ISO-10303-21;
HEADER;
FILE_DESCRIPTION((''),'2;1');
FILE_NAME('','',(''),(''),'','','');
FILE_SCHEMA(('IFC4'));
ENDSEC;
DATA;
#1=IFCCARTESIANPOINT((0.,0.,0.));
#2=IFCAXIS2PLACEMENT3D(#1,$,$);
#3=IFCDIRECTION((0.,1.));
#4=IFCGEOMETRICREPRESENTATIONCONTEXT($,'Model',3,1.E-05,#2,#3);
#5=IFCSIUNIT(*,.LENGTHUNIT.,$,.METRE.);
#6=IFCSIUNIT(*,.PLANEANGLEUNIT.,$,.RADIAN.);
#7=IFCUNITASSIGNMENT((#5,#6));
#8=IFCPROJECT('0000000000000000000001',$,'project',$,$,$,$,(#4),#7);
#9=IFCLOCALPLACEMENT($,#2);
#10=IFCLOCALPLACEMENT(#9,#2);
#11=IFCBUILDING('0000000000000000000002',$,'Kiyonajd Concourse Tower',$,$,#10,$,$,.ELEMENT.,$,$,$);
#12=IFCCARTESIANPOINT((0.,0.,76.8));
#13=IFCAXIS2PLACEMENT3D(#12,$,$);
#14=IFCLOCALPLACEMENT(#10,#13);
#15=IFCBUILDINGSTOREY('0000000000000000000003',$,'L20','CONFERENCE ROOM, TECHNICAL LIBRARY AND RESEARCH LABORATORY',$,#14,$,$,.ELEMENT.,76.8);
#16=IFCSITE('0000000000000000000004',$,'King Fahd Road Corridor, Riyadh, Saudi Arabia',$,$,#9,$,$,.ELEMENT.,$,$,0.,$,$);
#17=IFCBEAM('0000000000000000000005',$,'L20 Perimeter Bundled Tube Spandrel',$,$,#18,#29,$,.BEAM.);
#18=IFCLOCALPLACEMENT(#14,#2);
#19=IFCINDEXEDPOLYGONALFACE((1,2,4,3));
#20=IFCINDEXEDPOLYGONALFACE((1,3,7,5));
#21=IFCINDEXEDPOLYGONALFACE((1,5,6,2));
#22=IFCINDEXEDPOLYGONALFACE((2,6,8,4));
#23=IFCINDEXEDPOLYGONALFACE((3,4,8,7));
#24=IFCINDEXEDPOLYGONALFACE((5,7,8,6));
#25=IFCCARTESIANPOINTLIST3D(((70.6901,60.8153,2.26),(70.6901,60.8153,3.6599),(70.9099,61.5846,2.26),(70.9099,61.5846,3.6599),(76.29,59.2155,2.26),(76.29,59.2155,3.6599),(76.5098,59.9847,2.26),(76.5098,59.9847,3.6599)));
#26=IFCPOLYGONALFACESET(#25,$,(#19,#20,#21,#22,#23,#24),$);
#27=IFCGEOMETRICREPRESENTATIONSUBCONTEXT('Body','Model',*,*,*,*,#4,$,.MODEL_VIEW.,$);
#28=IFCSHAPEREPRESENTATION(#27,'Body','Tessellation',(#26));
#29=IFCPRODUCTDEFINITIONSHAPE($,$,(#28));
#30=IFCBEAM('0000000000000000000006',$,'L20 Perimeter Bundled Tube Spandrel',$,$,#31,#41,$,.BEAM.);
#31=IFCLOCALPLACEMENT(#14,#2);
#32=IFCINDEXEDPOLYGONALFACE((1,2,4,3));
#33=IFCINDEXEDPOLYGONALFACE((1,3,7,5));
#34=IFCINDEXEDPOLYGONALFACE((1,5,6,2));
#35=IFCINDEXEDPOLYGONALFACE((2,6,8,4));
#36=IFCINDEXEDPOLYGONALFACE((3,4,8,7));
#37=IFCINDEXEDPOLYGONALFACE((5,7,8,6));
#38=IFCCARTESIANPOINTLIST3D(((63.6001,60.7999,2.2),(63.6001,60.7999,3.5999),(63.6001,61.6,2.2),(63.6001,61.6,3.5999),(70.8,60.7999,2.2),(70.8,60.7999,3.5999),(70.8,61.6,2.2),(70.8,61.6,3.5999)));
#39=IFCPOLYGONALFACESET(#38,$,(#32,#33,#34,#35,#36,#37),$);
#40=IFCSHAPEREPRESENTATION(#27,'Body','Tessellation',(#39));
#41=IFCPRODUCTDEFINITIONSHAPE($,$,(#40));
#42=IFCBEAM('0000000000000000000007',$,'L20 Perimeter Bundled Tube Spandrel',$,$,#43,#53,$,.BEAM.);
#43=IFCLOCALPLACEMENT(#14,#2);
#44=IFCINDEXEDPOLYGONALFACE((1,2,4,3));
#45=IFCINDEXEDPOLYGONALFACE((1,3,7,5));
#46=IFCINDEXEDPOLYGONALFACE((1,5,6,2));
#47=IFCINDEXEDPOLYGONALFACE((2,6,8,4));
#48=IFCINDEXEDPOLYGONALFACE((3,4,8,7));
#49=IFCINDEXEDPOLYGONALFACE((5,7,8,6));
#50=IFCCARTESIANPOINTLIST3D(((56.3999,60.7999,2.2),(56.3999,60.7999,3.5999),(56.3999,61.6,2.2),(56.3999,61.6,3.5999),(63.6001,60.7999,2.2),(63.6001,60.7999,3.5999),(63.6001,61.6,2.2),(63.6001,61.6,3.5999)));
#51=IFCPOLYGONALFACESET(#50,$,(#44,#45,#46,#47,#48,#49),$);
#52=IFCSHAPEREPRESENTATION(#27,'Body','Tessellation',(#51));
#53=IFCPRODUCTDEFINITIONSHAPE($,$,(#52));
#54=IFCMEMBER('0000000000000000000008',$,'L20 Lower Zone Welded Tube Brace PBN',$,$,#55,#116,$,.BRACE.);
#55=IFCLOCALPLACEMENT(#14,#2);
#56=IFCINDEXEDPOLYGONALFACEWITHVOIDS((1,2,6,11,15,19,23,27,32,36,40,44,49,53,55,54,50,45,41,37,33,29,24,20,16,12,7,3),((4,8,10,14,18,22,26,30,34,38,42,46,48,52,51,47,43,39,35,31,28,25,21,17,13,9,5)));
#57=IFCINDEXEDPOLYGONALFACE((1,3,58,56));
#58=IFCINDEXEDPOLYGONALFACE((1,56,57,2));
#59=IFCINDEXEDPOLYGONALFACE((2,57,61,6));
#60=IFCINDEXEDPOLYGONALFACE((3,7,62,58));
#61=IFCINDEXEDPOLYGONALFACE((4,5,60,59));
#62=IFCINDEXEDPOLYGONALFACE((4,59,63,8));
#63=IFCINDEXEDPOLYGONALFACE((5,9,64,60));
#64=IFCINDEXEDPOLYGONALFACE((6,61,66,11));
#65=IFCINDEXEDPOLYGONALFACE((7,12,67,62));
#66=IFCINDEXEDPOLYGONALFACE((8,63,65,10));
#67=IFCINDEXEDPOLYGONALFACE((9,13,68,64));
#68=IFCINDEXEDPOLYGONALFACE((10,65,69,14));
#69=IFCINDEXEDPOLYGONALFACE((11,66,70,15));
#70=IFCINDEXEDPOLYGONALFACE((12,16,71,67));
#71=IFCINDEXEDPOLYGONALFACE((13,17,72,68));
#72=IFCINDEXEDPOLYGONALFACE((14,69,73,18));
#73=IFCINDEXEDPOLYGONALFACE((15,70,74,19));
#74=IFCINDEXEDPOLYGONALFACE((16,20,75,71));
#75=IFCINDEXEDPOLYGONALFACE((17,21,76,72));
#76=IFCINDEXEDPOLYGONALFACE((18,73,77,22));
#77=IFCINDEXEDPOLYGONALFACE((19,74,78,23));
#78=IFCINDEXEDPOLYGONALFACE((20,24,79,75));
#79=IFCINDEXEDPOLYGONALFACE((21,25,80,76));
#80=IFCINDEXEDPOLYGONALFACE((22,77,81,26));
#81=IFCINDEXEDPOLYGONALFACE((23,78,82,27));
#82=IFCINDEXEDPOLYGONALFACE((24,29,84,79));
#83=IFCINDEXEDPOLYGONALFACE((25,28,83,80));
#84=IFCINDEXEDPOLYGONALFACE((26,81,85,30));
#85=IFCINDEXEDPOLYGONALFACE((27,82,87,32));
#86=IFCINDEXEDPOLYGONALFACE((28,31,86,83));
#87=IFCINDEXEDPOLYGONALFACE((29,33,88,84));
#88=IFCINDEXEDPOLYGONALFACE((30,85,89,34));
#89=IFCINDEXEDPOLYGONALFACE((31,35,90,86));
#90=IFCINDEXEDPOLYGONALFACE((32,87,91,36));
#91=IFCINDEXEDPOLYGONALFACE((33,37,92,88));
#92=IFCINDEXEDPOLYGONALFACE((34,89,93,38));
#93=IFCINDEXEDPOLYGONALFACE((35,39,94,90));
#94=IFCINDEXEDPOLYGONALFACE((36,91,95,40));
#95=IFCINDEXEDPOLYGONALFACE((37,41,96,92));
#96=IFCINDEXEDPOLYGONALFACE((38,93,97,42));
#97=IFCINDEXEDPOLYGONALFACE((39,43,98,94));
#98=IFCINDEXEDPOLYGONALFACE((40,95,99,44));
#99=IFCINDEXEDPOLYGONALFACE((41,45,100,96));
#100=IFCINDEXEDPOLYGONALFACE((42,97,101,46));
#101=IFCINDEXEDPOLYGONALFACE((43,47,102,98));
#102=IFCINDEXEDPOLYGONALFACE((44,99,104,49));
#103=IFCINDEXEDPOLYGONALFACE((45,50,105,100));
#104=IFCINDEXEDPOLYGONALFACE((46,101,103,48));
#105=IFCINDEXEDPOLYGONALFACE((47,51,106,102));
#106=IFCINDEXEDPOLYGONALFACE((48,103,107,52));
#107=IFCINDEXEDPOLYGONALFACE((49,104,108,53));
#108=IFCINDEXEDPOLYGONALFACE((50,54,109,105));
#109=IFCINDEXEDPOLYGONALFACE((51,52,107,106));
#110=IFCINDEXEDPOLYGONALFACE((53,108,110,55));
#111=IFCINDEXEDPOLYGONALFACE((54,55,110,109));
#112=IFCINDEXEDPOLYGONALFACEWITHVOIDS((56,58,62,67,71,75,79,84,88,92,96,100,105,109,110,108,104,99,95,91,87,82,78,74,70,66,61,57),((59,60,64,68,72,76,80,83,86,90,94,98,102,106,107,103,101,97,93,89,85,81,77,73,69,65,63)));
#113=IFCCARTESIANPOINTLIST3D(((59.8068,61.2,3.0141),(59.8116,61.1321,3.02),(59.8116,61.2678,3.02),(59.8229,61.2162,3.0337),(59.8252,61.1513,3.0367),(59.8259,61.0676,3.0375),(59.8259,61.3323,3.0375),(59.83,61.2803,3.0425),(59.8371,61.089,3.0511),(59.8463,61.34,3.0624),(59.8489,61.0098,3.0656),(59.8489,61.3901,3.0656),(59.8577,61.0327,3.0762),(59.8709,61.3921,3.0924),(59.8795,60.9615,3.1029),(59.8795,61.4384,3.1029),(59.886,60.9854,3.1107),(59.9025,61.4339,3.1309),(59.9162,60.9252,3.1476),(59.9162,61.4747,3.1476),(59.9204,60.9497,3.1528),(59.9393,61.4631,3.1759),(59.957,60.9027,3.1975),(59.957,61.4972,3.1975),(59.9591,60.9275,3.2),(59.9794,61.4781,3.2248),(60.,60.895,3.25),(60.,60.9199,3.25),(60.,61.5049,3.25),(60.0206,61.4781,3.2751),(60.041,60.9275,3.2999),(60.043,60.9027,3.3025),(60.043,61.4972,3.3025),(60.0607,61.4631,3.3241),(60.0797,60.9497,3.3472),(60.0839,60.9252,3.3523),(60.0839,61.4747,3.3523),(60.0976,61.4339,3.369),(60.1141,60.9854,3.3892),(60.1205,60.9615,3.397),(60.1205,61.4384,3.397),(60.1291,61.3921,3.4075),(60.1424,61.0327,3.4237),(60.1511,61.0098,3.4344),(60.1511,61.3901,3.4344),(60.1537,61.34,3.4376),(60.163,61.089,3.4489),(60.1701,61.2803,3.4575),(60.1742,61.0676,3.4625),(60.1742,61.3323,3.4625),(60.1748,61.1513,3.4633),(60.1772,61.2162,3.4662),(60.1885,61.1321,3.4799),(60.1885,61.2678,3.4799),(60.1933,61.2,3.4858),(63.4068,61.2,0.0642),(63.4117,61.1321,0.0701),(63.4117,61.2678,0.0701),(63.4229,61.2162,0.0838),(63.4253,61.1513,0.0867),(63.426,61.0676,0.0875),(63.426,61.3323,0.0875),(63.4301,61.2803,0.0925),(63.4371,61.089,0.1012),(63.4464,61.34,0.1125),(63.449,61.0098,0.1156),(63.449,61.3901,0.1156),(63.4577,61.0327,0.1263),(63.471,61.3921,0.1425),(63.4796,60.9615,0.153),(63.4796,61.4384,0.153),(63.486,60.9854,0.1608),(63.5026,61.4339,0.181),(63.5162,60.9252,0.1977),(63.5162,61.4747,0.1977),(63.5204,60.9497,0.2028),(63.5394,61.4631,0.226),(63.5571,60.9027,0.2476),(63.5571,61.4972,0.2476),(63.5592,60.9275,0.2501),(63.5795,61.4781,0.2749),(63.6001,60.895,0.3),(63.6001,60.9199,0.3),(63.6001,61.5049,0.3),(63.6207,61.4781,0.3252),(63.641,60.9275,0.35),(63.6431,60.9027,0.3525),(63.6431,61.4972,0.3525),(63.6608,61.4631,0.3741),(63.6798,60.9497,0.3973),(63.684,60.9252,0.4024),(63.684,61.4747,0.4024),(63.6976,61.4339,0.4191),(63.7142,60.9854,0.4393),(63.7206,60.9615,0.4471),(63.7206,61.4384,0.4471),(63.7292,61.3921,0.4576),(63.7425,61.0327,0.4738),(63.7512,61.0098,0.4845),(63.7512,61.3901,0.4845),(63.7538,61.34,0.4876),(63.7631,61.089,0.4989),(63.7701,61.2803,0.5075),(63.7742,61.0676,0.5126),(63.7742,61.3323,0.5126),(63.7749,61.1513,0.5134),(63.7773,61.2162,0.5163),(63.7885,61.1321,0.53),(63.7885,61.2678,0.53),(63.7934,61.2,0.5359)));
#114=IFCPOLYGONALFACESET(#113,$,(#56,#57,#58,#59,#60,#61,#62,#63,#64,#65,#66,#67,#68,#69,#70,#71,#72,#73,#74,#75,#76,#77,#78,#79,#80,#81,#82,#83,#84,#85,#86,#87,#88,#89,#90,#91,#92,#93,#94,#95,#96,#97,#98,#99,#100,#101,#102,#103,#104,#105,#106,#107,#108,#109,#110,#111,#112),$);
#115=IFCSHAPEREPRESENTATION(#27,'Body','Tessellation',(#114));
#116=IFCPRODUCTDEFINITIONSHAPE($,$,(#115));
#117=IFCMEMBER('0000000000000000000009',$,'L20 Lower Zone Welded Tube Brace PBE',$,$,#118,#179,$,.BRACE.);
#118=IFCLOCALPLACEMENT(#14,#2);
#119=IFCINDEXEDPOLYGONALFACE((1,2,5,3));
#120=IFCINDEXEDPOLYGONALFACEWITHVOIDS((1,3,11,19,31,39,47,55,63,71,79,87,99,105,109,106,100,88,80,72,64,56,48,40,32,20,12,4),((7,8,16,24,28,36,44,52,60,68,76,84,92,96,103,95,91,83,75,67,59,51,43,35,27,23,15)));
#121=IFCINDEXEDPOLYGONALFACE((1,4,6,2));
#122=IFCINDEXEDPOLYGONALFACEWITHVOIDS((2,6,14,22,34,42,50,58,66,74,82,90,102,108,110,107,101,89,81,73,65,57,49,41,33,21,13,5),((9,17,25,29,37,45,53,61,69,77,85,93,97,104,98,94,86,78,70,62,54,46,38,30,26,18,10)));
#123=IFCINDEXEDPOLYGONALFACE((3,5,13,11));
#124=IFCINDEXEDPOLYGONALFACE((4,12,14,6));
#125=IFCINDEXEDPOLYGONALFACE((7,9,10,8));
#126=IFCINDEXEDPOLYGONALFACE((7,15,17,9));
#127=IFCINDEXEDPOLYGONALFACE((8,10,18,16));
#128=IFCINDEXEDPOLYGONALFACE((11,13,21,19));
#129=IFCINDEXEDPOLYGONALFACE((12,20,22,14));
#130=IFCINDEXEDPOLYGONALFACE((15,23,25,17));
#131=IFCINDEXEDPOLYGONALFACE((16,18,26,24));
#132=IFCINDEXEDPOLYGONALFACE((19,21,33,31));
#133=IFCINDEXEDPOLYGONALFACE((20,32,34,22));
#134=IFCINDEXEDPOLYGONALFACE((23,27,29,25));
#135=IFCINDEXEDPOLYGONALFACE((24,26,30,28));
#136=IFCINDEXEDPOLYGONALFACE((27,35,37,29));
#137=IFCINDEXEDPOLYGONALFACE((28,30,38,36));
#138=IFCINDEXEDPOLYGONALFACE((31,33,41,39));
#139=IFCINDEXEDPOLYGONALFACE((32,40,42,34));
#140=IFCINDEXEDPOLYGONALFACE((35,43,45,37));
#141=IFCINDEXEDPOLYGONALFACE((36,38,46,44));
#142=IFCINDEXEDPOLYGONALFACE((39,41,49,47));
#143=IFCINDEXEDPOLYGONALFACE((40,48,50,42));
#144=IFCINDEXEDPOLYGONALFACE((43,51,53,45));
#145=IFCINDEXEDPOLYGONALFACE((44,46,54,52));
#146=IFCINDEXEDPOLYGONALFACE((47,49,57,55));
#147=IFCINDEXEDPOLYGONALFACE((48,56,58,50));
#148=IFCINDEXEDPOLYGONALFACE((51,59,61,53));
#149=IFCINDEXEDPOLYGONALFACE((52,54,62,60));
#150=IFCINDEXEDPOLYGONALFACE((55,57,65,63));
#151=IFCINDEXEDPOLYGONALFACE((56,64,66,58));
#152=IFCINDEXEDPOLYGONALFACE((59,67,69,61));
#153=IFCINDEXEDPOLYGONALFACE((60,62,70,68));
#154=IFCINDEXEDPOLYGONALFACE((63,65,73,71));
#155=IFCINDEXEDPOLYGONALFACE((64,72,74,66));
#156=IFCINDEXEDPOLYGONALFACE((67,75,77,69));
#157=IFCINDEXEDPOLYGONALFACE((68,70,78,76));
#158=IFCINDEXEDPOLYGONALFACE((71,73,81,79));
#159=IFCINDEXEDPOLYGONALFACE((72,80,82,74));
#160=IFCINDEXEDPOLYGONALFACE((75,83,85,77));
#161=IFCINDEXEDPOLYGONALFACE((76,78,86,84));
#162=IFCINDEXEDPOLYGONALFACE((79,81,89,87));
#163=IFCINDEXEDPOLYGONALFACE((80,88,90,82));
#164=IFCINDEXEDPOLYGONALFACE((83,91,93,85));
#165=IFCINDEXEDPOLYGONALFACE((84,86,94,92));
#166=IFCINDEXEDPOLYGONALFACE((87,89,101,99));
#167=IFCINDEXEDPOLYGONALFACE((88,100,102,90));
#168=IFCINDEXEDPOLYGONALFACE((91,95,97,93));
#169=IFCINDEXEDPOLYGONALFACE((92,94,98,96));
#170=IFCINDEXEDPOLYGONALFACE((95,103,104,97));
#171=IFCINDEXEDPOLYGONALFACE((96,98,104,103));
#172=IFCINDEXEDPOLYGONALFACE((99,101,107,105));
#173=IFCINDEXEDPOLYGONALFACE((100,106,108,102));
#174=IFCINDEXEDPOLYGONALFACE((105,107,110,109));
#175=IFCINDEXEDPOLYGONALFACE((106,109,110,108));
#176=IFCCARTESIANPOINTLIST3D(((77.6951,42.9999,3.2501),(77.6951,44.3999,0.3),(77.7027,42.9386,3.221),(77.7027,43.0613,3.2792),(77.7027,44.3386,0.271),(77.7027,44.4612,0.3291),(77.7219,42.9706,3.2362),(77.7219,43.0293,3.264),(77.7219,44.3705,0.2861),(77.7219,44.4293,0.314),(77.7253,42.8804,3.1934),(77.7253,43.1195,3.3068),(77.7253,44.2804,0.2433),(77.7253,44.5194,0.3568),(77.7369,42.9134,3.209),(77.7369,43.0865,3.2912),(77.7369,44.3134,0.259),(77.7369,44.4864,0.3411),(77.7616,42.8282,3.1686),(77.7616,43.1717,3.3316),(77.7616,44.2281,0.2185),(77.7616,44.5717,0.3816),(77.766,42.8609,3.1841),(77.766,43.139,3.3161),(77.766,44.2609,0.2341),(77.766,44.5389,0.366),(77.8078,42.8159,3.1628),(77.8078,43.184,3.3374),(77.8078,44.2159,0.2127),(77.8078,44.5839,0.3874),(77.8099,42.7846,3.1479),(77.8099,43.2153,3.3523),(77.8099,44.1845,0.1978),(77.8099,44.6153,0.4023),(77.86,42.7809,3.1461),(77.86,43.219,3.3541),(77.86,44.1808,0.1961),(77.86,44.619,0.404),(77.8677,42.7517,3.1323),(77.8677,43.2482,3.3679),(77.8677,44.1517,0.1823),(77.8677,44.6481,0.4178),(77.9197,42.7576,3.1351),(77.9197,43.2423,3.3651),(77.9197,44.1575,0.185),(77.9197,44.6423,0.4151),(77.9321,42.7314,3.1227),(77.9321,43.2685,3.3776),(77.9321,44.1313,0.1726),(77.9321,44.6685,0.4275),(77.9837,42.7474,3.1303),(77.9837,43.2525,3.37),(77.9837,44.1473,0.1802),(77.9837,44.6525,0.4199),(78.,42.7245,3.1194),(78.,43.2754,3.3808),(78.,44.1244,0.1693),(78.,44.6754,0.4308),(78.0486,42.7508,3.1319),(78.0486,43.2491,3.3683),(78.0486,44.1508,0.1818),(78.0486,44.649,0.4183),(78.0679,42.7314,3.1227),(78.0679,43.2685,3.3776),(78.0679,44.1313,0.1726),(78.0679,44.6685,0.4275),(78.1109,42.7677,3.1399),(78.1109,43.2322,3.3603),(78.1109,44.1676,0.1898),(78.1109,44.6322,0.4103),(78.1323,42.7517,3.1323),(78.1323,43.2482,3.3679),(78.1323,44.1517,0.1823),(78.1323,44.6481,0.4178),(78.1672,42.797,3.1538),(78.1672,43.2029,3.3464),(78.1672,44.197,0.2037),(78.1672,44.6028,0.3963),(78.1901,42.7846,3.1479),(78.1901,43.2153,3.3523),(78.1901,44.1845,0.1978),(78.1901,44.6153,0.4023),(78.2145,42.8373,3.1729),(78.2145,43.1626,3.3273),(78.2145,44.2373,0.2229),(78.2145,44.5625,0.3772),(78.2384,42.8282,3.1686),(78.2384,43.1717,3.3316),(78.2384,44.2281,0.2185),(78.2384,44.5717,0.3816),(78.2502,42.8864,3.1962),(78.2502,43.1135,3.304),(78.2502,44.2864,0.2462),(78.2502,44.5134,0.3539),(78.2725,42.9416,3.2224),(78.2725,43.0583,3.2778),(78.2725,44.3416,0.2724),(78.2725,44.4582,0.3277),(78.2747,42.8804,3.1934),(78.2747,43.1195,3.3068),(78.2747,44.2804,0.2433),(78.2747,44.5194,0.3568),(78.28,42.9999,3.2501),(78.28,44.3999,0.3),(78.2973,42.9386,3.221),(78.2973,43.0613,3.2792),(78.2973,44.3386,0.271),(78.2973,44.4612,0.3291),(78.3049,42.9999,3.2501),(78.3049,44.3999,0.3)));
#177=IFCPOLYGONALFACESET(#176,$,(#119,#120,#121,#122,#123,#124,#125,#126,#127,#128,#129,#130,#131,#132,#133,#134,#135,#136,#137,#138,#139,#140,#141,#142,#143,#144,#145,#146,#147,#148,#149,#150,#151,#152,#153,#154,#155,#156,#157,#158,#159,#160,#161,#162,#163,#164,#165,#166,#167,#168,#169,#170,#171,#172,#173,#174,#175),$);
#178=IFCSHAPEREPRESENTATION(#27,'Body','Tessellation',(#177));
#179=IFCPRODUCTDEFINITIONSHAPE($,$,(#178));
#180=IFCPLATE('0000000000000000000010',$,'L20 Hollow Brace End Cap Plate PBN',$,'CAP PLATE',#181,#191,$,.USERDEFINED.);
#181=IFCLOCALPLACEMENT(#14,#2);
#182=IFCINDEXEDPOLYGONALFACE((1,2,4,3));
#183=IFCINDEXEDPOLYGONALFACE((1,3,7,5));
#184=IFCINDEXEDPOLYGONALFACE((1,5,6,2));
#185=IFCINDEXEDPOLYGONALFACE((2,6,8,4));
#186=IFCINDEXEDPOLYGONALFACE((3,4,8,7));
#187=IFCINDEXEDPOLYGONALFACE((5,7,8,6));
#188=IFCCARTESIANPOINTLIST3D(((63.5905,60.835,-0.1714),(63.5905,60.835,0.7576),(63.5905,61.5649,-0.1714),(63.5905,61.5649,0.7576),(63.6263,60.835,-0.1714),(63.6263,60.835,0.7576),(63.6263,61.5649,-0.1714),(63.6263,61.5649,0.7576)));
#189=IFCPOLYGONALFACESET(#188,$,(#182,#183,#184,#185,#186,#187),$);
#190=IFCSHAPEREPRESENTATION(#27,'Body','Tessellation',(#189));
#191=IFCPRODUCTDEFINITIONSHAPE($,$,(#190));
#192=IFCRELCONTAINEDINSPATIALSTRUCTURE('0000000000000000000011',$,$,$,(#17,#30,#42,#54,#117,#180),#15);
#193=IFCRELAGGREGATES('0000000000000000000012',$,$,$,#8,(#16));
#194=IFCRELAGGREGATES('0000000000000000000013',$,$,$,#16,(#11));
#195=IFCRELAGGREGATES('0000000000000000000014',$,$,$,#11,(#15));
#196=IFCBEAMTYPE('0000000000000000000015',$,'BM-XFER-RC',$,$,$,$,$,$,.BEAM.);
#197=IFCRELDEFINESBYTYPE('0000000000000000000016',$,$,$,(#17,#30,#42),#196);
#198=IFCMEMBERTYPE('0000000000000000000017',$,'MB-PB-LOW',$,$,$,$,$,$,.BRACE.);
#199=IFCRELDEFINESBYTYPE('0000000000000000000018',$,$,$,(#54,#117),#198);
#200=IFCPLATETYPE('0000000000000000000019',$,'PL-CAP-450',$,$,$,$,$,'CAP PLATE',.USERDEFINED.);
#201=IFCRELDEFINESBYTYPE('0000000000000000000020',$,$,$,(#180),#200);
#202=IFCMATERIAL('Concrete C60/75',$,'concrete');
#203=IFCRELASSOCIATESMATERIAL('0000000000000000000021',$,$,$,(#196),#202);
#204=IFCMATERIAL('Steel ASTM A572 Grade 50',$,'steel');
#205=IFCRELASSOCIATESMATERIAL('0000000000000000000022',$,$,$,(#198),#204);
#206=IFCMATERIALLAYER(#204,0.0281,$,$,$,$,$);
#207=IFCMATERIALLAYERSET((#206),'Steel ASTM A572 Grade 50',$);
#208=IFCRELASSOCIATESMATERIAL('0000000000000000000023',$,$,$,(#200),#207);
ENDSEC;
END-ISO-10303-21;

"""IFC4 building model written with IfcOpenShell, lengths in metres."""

from ifc_helpers import new_model, si_unit, direction, frame, origin, origin_2d, place, context, subcontext, project, spatial, rectangle, hollow_circle, extrude, material, layer, layer_set, material_profile, profile_set, type_object, element, save


model = new_model("IFC4")

# Units and contexts
model_context = context("Model", 3, precision=1e-05, world=origin(), true_north=direction((0.0, 1.0)))
body_context = subcontext(model_context, "Body", "Model", "MODEL_VIEW")
ifc_project = project(units=[si_unit("LENGTHUNIT", "METRE"), si_unit("PLANEANGLEUNIT", "RADIAN")], contexts=[model_context])

# Site, building, storey
site_placement = place(None, origin())
site = spatial("IfcSite", under=ifc_project, at=site_placement, Name="King Fahd Road Corridor, Riyadh, Saudi Arabia", CompositionType="ELEMENT", RefElevation=0.0)
building_placement = place(site_placement, origin())
building = spatial("IfcBuilding", under=site, at=building_placement, Name="Kiyonajd Concourse Tower", CompositionType="ELEMENT")
storey_placement = place(building_placement, frame((0.0, 0.0, 76.8)))
storey = spatial("IfcBuildingStorey", under=building, at=storey_placement, Name="L20", Description="CONFERENCE ROOM, TECHNICAL LIBRARY AND RESEARCH LABORATORY", CompositionType="ELEMENT", Elevation=76.8)

# Beams
ifc_material_1 = material(Name="Steel ASTM A572 Grade 50", Category="steel")
ifc_material_2 = material(Name="Concrete C60/75", Category="concrete")
ifc_material_profile_1 = material_profile(ifc_material_2, rectangle(XDim=0.8, YDim=1.3999, at=origin_2d()), Name="RCBM-800x1400")
ifc_profile_set_1 = profile_set([ifc_material_profile_1], Name="Concrete C60/75")
beam_type_1 = type_object("IfcBeamType", Name="BM-XFER-RC", PredefinedType="BEAM", material=ifc_profile_set_1)
beam_1_placement = place(storey_placement, frame((76.3999, 59.6001, 2.96), z_axis=(-0.961529, 0.274705, 0.0), x_axis=(-0.274705, -0.961529, 0.0)))
element("IfcBeam", 1, at=beam_1_placement, inside=storey, type_object=beam_type_1, Name="L20 Perimeter Bundled Tube Spandrel", PredefinedType="BEAM", context=body_context, shape_type="SweptSolid", body=[
    extrude(rectangle(XDim=0.8, YDim=1.3999, at=origin_2d()), origin(), (0.0, 0.0, 1.0), 5.824),
])
beam_2_placement = place(storey_placement, frame((70.8, 61.2, 2.8999), z_axis=(-1.0, 0.0, 0.0), x_axis=(0.0, -1.0, 0.0)))
element("IfcBeam", 2, at=beam_2_placement, inside=storey, type_object=beam_type_1, Name="L20 Perimeter Bundled Tube Spandrel", PredefinedType="BEAM", context=body_context, shape_type="SweptSolid", body=[
    extrude(rectangle(XDim=0.8, YDim=1.3999, at=origin_2d()), origin(), (0.0, 0.0, 1.0), 7.2),
])
beam_3_placement = place(storey_placement, frame((63.6001, 61.2, 2.8999), z_axis=(-1.0, 0.0, 0.0), x_axis=(0.0, -1.0, 0.0)))
element("IfcBeam", 3, at=beam_3_placement, inside=storey, type_object=beam_type_1, Name="L20 Perimeter Bundled Tube Spandrel", PredefinedType="BEAM", context=body_context, shape_type="SweptSolid", body=[
    extrude(rectangle(XDim=0.8, YDim=1.3999, at=origin_2d()), origin(), (0.0, 0.0, 1.0), 7.2002),
])

# Members
ifc_material_profile_2 = material_profile(ifc_material_1, hollow_circle(Radius=0.3049, WallThickness=0.0249, at=origin_2d()), Name="CHS-610x25")
ifc_profile_set_2 = profile_set([ifc_material_profile_2], Name="Steel ASTM A572 Grade 50")
member_type = type_object("IfcMemberType", Name="MB-PB-LOW", PredefinedType="BRACE", material=ifc_profile_set_2)
member_1_placement = place(storey_placement, frame((63.6001, 61.2, 0.3), z_axis=(-0.773492, 0.0, 0.633806), x_axis=(0.0, -1.0, 0.0)))
element("IfcMember", 4, at=member_1_placement, inside=storey, type_object=member_type, Name="L20 Lower Zone Welded Tube Brace PBN", PredefinedType="BRACE", context=body_context, shape_type="SweptSolid", body=[
    extrude(hollow_circle(Radius=0.3049, WallThickness=0.0249, at=origin_2d()), origin(), (0.0, 0.0, 1.0), 4.6543),
])
member_2_placement = place(storey_placement, frame((78.0, 44.3999, 0.3), z_axis=(0.0, -0.428726, 0.903435), x_axis=(1.0, 0.0, 0.0)))
element("IfcMember", 5, at=member_2_placement, inside=storey, type_object=member_type, Name="L20 Lower Zone Welded Tube Brace PBE", PredefinedType="BRACE", context=body_context, shape_type="SweptSolid", body=[
    extrude(hollow_circle(Radius=0.3049, WallThickness=0.0249, at=origin_2d()), origin(), (0.0, 0.0, 1.0), 3.2654),
])

# Plate
ifc_layer_1 = layer(ifc_material_1, 0.0281)
ifc_layer_set_1 = layer_set([ifc_layer_1], Name="Steel ASTM A572 Grade 50")
plate_type_1 = type_object("IfcPlateType", Name="PL-CAP-450", ElementType="CAP PLATE", PredefinedType="USERDEFINED", material=ifc_layer_set_1)
plate_1_placement = place(storey_placement, frame((63.6084, 61.2, -0.1714), z_axis=(0.0, 0.0, 1.0), x_axis=(1.0, 0.0, 0.0)))
element("IfcPlate", 6, at=plate_1_placement, inside=storey, type_object=plate_type_1, Name="L20 Hollow Brace End Cap Plate PBN", ObjectType="CAP PLATE", PredefinedType="USERDEFINED", context=body_context, shape_type="SweptSolid", body=[
    extrude(rectangle(XDim=0.0359, YDim=0.73, at=origin_2d()), origin(), (0.0, 0.0, 1.0), 0.929),
])

save(model, "model.ifc")
